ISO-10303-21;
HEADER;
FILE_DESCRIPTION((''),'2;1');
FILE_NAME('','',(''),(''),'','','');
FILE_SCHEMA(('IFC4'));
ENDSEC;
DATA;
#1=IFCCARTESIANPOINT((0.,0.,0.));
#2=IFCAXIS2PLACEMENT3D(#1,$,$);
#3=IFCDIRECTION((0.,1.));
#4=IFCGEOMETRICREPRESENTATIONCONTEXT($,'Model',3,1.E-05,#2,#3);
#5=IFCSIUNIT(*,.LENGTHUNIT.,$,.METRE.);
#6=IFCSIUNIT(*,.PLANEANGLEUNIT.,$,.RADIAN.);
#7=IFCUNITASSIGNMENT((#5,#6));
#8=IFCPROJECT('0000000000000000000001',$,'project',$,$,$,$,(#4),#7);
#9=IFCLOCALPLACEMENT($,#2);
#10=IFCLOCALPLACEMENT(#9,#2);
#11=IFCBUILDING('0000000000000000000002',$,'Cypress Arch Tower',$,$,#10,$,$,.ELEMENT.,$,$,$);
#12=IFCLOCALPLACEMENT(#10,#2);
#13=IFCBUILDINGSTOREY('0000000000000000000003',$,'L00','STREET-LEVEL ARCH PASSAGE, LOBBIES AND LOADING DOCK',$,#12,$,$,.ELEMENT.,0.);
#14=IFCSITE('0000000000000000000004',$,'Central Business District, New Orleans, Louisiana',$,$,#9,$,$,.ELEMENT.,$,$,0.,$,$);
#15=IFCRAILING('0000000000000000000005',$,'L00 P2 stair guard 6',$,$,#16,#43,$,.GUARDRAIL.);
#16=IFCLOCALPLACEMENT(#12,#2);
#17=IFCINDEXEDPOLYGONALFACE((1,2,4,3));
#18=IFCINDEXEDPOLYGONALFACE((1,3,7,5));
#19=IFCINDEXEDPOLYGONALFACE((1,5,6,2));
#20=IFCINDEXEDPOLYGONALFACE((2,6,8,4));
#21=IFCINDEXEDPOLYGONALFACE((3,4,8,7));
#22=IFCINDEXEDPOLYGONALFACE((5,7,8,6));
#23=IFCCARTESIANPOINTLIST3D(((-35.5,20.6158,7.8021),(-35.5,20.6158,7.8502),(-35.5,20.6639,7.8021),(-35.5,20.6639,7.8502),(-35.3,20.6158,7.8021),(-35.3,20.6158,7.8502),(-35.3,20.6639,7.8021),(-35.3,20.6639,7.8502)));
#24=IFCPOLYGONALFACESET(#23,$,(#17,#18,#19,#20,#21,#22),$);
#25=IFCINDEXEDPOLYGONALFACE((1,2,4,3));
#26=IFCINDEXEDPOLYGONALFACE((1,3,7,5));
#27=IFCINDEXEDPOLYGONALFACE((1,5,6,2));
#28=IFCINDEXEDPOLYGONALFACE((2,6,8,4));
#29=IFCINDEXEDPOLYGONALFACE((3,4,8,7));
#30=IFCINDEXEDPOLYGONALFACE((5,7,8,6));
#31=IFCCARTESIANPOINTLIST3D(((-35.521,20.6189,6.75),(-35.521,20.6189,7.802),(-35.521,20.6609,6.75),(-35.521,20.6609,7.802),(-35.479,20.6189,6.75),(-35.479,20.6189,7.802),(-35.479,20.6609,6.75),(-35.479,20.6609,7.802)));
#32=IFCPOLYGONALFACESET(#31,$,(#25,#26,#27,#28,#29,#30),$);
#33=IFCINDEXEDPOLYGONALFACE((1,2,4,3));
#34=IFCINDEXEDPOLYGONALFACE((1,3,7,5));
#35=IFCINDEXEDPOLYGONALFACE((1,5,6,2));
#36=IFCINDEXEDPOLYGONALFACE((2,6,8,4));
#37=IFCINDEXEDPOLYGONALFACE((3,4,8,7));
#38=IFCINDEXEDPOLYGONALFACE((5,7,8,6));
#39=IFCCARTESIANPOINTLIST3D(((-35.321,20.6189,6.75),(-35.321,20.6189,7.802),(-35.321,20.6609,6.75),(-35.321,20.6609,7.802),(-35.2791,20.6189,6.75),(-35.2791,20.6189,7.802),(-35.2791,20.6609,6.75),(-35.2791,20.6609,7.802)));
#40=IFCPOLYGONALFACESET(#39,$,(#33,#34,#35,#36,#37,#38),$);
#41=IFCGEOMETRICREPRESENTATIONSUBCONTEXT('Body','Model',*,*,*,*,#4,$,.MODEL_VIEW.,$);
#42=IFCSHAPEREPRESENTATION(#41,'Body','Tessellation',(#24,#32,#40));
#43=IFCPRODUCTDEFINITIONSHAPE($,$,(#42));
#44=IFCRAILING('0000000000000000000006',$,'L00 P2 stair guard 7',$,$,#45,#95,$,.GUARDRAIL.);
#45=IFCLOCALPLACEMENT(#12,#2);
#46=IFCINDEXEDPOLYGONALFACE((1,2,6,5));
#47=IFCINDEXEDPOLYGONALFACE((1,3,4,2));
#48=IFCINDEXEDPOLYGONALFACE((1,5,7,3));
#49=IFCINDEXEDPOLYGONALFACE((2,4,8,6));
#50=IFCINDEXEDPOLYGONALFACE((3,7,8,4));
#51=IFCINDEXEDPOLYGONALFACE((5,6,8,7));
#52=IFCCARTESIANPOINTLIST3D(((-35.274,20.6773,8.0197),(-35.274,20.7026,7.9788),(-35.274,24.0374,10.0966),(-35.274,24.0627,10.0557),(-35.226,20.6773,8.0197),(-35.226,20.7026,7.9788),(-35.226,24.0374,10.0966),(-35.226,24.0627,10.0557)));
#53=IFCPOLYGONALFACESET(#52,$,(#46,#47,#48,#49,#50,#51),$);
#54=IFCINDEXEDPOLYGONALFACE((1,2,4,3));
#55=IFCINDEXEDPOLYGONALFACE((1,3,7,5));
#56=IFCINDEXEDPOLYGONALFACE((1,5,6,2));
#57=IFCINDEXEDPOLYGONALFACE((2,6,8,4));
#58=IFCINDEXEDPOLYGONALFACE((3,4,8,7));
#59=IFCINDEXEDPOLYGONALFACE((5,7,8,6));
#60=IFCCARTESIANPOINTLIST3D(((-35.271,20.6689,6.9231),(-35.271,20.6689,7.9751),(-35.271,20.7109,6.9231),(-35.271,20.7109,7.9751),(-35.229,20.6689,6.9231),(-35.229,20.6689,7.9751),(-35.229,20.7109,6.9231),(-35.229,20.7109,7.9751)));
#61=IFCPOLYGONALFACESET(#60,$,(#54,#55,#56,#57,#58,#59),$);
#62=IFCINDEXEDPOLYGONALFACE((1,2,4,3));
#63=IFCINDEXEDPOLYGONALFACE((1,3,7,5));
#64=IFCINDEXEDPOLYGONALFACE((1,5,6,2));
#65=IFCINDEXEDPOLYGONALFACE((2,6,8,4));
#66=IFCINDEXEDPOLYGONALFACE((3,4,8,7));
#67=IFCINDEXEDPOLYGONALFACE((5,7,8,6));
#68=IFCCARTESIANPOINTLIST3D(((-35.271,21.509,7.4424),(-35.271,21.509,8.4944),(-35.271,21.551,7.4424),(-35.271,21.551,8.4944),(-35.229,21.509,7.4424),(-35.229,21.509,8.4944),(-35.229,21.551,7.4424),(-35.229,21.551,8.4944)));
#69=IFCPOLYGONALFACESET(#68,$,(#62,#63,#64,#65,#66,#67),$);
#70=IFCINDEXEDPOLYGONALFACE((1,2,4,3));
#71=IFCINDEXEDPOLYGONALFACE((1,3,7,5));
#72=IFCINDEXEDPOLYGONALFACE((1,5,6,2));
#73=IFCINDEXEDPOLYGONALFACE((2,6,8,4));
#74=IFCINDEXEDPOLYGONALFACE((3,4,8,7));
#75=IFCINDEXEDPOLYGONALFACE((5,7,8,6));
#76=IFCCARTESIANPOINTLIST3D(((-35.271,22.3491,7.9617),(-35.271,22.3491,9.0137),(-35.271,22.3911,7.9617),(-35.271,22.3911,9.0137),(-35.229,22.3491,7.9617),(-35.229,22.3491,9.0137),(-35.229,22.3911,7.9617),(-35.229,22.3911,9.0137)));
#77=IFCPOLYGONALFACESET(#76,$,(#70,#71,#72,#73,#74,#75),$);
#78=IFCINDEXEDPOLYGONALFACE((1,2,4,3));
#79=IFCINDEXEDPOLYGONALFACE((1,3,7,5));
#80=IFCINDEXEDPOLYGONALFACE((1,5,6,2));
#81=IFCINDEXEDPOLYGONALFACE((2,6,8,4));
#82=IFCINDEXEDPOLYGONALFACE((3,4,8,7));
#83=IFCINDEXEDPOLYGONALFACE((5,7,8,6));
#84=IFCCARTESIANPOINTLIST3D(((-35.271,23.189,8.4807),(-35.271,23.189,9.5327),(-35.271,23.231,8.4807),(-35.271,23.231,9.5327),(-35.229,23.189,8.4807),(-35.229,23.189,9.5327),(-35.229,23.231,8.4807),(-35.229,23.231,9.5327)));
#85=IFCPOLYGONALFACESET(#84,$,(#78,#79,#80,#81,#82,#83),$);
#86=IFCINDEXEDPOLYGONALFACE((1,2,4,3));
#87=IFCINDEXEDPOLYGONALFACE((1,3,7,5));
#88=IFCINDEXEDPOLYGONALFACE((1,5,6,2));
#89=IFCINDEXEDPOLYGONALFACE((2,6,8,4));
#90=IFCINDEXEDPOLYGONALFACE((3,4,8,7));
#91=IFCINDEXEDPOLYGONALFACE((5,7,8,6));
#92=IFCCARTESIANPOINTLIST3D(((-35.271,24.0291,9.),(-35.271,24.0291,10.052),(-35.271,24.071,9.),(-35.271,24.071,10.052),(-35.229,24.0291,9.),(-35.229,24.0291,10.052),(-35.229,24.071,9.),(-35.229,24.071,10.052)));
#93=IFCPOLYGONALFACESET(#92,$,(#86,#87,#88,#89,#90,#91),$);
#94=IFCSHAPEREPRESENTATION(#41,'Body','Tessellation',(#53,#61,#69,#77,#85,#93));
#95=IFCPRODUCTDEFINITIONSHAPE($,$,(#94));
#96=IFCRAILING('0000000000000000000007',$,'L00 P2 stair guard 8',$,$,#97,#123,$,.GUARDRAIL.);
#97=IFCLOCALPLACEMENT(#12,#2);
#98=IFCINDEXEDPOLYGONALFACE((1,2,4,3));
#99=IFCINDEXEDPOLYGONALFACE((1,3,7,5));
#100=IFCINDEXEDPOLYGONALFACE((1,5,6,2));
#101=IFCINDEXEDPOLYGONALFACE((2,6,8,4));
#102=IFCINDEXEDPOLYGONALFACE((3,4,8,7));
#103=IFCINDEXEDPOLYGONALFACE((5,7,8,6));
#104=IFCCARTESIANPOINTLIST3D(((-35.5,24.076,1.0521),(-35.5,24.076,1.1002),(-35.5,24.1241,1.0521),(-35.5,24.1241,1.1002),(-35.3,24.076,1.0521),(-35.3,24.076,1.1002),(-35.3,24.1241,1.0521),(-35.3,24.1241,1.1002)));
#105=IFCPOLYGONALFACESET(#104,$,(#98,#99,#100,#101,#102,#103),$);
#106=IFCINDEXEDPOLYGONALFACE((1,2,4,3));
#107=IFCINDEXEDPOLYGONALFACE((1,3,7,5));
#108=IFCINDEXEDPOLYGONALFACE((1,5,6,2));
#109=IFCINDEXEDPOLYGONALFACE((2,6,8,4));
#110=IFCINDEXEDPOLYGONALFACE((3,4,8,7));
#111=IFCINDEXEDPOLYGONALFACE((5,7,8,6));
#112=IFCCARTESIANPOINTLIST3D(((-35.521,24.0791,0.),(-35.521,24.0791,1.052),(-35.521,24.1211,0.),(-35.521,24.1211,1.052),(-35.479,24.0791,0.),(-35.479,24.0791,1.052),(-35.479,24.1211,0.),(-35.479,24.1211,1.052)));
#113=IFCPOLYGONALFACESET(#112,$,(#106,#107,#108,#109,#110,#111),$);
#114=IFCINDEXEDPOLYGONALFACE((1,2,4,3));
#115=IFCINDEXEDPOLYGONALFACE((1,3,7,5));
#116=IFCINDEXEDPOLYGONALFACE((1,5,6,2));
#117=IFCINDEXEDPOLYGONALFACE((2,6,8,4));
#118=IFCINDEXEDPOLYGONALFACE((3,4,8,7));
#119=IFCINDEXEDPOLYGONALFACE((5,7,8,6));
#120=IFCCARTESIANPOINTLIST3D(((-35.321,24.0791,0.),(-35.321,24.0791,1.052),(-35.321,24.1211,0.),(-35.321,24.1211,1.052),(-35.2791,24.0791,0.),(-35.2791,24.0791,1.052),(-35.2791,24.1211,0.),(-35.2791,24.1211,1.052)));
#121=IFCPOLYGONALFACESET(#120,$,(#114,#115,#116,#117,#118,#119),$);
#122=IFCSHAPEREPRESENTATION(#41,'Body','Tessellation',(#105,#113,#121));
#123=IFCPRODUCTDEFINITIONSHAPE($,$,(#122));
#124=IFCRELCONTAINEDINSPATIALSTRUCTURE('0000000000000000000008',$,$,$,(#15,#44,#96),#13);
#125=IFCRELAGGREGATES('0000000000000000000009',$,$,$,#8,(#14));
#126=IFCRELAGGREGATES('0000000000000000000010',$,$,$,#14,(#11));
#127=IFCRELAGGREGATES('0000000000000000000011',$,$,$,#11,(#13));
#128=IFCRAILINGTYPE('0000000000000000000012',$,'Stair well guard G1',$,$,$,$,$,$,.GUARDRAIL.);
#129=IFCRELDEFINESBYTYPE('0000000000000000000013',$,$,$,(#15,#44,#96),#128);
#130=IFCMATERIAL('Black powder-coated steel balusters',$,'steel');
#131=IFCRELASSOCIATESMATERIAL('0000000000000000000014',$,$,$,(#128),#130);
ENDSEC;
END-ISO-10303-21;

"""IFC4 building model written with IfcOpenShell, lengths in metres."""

from ifc_helpers import new_model, si_unit, direction, frame, origin, origin_2d, place, context, subcontext, project, spatial, rectangle, extrude, material, type_object, element, save


model = new_model("IFC4")

# Units and contexts
model_context = context("Model", 3, precision=1e-05, world=origin(), true_north=direction((0.0, 1.0)))
body_context = subcontext(model_context, "Body", "Model", "MODEL_VIEW")
ifc_project = project(units=[si_unit("LENGTHUNIT", "METRE"), si_unit("PLANEANGLEUNIT", "RADIAN")], contexts=[model_context])

# Site, building, storey
site_placement = place(None, origin())
site = spatial("IfcSite", under=ifc_project, at=site_placement, Name="Central Business District, New Orleans, Louisiana", CompositionType="ELEMENT", RefElevation=0.0)
building_placement = place(site_placement, origin())
building = spatial("IfcBuilding", under=site, at=building_placement, Name="Cypress Arch Tower", CompositionType="ELEMENT")
storey_placement = place(building_placement, origin())
storey = spatial("IfcBuildingStorey", under=building, at=storey_placement, Name="L00", Description="STREET-LEVEL ARCH PASSAGE, LOBBIES AND LOADING DOCK", CompositionType="ELEMENT", Elevation=0.0)

# Railings
ifc_material_1 = material(Name="Black powder-coated steel balusters", Category="steel")
railing_type_1 = type_object("IfcRailingType", Name="Stair well guard G1", PredefinedType="GUARDRAIL", material=ifc_material_1)
railing_1_placement = place(storey_placement, frame((-35.5, 20.6399, 6.75)))
element("IfcRailing", 1, at=railing_1_placement, inside=storey, type_object=railing_type_1, Name="L00 P2 stair guard 6", PredefinedType="GUARDRAIL", context=body_context, shape_type="SweptSolid", body=[
    extrude(rectangle(XDim=0.0481, YDim=0.0481, at=origin_2d()), frame((0.0, 0.0, 1.0762), z_axis=(1.0, 0.0, 0.0), x_axis=(0.0, 1.0, 0.0)), (0.0, 0.0, 1.0), 0.2),
    extrude(rectangle(XDim=0.042, YDim=0.042, at=origin_2d()), origin(), (0.0, 0.0, 1.0), 1.052),
    extrude(rectangle(XDim=0.042, YDim=0.042, at=origin_2d()), frame((0.2, 0.0, 0.0)), (0.0, 0.0, 1.0), 1.052),
])
railing_2_placement = place(storey_placement, frame((-35.25, 20.6899, 6.9231)))
element("IfcRailing", 2, at=railing_2_placement, inside=storey, type_object=railing_type_1, Name="L00 P2 stair guard 7", PredefinedType="GUARDRAIL", context=body_context, shape_type="SweptSolid", body=[
    extrude(rectangle(XDim=0.0481, YDim=0.0481, at=origin_2d()), frame((0.0, 0.0, 1.0762), z_axis=(0.0, 0.850623, 0.525776), x_axis=(-1.0, 0.0, 0.0)), (0.0, 0.0, 1.0), 3.9502),
    extrude(rectangle(XDim=0.042, YDim=0.042, at=origin_2d()), origin(), (0.0, 0.0, 1.0), 1.052),
    extrude(rectangle(XDim=0.042, YDim=0.042, at=origin_2d()), frame((0.0, 0.8401, 0.5193)), (0.0, 0.0, 1.0), 1.052),
    extrude(rectangle(XDim=0.042, YDim=0.042, at=origin_2d()), frame((0.0, 1.6802, 1.0386)), (0.0, 0.0, 1.0), 1.052),
    extrude(rectangle(XDim=0.042, YDim=0.042, at=origin_2d()), frame((0.0, 2.52, 1.5576)), (0.0, 0.0, 1.0), 1.052),
    extrude(rectangle(XDim=0.042, YDim=0.042, at=origin_2d()), frame((0.0, 3.3601, 2.0769)), (0.0, 0.0, 1.0), 1.052),
])
railing_3_placement = place(storey_placement, frame((-35.5, 24.1001, 0.0)))
element("IfcRailing", 3, at=railing_3_placement, inside=storey, type_object=railing_type_1, Name="L00 P2 stair guard 8", PredefinedType="GUARDRAIL", context=body_context, shape_type="SweptSolid", body=[
    extrude(rectangle(XDim=0.0481, YDim=0.0481, at=origin_2d()), frame((0.0, 0.0, 1.0762), z_axis=(1.0, 0.0, 0.0), x_axis=(0.0, 1.0, 0.0)), (0.0, 0.0, 1.0), 0.2),
    extrude(rectangle(XDim=0.042, YDim=0.042, at=origin_2d()), origin(), (0.0, 0.0, 1.0), 1.052),
    extrude(rectangle(XDim=0.042, YDim=0.042, at=origin_2d()), frame((0.2, 0.0, 0.0)), (0.0, 0.0, 1.0), 1.052),
])

save(model, "model.ifc")
